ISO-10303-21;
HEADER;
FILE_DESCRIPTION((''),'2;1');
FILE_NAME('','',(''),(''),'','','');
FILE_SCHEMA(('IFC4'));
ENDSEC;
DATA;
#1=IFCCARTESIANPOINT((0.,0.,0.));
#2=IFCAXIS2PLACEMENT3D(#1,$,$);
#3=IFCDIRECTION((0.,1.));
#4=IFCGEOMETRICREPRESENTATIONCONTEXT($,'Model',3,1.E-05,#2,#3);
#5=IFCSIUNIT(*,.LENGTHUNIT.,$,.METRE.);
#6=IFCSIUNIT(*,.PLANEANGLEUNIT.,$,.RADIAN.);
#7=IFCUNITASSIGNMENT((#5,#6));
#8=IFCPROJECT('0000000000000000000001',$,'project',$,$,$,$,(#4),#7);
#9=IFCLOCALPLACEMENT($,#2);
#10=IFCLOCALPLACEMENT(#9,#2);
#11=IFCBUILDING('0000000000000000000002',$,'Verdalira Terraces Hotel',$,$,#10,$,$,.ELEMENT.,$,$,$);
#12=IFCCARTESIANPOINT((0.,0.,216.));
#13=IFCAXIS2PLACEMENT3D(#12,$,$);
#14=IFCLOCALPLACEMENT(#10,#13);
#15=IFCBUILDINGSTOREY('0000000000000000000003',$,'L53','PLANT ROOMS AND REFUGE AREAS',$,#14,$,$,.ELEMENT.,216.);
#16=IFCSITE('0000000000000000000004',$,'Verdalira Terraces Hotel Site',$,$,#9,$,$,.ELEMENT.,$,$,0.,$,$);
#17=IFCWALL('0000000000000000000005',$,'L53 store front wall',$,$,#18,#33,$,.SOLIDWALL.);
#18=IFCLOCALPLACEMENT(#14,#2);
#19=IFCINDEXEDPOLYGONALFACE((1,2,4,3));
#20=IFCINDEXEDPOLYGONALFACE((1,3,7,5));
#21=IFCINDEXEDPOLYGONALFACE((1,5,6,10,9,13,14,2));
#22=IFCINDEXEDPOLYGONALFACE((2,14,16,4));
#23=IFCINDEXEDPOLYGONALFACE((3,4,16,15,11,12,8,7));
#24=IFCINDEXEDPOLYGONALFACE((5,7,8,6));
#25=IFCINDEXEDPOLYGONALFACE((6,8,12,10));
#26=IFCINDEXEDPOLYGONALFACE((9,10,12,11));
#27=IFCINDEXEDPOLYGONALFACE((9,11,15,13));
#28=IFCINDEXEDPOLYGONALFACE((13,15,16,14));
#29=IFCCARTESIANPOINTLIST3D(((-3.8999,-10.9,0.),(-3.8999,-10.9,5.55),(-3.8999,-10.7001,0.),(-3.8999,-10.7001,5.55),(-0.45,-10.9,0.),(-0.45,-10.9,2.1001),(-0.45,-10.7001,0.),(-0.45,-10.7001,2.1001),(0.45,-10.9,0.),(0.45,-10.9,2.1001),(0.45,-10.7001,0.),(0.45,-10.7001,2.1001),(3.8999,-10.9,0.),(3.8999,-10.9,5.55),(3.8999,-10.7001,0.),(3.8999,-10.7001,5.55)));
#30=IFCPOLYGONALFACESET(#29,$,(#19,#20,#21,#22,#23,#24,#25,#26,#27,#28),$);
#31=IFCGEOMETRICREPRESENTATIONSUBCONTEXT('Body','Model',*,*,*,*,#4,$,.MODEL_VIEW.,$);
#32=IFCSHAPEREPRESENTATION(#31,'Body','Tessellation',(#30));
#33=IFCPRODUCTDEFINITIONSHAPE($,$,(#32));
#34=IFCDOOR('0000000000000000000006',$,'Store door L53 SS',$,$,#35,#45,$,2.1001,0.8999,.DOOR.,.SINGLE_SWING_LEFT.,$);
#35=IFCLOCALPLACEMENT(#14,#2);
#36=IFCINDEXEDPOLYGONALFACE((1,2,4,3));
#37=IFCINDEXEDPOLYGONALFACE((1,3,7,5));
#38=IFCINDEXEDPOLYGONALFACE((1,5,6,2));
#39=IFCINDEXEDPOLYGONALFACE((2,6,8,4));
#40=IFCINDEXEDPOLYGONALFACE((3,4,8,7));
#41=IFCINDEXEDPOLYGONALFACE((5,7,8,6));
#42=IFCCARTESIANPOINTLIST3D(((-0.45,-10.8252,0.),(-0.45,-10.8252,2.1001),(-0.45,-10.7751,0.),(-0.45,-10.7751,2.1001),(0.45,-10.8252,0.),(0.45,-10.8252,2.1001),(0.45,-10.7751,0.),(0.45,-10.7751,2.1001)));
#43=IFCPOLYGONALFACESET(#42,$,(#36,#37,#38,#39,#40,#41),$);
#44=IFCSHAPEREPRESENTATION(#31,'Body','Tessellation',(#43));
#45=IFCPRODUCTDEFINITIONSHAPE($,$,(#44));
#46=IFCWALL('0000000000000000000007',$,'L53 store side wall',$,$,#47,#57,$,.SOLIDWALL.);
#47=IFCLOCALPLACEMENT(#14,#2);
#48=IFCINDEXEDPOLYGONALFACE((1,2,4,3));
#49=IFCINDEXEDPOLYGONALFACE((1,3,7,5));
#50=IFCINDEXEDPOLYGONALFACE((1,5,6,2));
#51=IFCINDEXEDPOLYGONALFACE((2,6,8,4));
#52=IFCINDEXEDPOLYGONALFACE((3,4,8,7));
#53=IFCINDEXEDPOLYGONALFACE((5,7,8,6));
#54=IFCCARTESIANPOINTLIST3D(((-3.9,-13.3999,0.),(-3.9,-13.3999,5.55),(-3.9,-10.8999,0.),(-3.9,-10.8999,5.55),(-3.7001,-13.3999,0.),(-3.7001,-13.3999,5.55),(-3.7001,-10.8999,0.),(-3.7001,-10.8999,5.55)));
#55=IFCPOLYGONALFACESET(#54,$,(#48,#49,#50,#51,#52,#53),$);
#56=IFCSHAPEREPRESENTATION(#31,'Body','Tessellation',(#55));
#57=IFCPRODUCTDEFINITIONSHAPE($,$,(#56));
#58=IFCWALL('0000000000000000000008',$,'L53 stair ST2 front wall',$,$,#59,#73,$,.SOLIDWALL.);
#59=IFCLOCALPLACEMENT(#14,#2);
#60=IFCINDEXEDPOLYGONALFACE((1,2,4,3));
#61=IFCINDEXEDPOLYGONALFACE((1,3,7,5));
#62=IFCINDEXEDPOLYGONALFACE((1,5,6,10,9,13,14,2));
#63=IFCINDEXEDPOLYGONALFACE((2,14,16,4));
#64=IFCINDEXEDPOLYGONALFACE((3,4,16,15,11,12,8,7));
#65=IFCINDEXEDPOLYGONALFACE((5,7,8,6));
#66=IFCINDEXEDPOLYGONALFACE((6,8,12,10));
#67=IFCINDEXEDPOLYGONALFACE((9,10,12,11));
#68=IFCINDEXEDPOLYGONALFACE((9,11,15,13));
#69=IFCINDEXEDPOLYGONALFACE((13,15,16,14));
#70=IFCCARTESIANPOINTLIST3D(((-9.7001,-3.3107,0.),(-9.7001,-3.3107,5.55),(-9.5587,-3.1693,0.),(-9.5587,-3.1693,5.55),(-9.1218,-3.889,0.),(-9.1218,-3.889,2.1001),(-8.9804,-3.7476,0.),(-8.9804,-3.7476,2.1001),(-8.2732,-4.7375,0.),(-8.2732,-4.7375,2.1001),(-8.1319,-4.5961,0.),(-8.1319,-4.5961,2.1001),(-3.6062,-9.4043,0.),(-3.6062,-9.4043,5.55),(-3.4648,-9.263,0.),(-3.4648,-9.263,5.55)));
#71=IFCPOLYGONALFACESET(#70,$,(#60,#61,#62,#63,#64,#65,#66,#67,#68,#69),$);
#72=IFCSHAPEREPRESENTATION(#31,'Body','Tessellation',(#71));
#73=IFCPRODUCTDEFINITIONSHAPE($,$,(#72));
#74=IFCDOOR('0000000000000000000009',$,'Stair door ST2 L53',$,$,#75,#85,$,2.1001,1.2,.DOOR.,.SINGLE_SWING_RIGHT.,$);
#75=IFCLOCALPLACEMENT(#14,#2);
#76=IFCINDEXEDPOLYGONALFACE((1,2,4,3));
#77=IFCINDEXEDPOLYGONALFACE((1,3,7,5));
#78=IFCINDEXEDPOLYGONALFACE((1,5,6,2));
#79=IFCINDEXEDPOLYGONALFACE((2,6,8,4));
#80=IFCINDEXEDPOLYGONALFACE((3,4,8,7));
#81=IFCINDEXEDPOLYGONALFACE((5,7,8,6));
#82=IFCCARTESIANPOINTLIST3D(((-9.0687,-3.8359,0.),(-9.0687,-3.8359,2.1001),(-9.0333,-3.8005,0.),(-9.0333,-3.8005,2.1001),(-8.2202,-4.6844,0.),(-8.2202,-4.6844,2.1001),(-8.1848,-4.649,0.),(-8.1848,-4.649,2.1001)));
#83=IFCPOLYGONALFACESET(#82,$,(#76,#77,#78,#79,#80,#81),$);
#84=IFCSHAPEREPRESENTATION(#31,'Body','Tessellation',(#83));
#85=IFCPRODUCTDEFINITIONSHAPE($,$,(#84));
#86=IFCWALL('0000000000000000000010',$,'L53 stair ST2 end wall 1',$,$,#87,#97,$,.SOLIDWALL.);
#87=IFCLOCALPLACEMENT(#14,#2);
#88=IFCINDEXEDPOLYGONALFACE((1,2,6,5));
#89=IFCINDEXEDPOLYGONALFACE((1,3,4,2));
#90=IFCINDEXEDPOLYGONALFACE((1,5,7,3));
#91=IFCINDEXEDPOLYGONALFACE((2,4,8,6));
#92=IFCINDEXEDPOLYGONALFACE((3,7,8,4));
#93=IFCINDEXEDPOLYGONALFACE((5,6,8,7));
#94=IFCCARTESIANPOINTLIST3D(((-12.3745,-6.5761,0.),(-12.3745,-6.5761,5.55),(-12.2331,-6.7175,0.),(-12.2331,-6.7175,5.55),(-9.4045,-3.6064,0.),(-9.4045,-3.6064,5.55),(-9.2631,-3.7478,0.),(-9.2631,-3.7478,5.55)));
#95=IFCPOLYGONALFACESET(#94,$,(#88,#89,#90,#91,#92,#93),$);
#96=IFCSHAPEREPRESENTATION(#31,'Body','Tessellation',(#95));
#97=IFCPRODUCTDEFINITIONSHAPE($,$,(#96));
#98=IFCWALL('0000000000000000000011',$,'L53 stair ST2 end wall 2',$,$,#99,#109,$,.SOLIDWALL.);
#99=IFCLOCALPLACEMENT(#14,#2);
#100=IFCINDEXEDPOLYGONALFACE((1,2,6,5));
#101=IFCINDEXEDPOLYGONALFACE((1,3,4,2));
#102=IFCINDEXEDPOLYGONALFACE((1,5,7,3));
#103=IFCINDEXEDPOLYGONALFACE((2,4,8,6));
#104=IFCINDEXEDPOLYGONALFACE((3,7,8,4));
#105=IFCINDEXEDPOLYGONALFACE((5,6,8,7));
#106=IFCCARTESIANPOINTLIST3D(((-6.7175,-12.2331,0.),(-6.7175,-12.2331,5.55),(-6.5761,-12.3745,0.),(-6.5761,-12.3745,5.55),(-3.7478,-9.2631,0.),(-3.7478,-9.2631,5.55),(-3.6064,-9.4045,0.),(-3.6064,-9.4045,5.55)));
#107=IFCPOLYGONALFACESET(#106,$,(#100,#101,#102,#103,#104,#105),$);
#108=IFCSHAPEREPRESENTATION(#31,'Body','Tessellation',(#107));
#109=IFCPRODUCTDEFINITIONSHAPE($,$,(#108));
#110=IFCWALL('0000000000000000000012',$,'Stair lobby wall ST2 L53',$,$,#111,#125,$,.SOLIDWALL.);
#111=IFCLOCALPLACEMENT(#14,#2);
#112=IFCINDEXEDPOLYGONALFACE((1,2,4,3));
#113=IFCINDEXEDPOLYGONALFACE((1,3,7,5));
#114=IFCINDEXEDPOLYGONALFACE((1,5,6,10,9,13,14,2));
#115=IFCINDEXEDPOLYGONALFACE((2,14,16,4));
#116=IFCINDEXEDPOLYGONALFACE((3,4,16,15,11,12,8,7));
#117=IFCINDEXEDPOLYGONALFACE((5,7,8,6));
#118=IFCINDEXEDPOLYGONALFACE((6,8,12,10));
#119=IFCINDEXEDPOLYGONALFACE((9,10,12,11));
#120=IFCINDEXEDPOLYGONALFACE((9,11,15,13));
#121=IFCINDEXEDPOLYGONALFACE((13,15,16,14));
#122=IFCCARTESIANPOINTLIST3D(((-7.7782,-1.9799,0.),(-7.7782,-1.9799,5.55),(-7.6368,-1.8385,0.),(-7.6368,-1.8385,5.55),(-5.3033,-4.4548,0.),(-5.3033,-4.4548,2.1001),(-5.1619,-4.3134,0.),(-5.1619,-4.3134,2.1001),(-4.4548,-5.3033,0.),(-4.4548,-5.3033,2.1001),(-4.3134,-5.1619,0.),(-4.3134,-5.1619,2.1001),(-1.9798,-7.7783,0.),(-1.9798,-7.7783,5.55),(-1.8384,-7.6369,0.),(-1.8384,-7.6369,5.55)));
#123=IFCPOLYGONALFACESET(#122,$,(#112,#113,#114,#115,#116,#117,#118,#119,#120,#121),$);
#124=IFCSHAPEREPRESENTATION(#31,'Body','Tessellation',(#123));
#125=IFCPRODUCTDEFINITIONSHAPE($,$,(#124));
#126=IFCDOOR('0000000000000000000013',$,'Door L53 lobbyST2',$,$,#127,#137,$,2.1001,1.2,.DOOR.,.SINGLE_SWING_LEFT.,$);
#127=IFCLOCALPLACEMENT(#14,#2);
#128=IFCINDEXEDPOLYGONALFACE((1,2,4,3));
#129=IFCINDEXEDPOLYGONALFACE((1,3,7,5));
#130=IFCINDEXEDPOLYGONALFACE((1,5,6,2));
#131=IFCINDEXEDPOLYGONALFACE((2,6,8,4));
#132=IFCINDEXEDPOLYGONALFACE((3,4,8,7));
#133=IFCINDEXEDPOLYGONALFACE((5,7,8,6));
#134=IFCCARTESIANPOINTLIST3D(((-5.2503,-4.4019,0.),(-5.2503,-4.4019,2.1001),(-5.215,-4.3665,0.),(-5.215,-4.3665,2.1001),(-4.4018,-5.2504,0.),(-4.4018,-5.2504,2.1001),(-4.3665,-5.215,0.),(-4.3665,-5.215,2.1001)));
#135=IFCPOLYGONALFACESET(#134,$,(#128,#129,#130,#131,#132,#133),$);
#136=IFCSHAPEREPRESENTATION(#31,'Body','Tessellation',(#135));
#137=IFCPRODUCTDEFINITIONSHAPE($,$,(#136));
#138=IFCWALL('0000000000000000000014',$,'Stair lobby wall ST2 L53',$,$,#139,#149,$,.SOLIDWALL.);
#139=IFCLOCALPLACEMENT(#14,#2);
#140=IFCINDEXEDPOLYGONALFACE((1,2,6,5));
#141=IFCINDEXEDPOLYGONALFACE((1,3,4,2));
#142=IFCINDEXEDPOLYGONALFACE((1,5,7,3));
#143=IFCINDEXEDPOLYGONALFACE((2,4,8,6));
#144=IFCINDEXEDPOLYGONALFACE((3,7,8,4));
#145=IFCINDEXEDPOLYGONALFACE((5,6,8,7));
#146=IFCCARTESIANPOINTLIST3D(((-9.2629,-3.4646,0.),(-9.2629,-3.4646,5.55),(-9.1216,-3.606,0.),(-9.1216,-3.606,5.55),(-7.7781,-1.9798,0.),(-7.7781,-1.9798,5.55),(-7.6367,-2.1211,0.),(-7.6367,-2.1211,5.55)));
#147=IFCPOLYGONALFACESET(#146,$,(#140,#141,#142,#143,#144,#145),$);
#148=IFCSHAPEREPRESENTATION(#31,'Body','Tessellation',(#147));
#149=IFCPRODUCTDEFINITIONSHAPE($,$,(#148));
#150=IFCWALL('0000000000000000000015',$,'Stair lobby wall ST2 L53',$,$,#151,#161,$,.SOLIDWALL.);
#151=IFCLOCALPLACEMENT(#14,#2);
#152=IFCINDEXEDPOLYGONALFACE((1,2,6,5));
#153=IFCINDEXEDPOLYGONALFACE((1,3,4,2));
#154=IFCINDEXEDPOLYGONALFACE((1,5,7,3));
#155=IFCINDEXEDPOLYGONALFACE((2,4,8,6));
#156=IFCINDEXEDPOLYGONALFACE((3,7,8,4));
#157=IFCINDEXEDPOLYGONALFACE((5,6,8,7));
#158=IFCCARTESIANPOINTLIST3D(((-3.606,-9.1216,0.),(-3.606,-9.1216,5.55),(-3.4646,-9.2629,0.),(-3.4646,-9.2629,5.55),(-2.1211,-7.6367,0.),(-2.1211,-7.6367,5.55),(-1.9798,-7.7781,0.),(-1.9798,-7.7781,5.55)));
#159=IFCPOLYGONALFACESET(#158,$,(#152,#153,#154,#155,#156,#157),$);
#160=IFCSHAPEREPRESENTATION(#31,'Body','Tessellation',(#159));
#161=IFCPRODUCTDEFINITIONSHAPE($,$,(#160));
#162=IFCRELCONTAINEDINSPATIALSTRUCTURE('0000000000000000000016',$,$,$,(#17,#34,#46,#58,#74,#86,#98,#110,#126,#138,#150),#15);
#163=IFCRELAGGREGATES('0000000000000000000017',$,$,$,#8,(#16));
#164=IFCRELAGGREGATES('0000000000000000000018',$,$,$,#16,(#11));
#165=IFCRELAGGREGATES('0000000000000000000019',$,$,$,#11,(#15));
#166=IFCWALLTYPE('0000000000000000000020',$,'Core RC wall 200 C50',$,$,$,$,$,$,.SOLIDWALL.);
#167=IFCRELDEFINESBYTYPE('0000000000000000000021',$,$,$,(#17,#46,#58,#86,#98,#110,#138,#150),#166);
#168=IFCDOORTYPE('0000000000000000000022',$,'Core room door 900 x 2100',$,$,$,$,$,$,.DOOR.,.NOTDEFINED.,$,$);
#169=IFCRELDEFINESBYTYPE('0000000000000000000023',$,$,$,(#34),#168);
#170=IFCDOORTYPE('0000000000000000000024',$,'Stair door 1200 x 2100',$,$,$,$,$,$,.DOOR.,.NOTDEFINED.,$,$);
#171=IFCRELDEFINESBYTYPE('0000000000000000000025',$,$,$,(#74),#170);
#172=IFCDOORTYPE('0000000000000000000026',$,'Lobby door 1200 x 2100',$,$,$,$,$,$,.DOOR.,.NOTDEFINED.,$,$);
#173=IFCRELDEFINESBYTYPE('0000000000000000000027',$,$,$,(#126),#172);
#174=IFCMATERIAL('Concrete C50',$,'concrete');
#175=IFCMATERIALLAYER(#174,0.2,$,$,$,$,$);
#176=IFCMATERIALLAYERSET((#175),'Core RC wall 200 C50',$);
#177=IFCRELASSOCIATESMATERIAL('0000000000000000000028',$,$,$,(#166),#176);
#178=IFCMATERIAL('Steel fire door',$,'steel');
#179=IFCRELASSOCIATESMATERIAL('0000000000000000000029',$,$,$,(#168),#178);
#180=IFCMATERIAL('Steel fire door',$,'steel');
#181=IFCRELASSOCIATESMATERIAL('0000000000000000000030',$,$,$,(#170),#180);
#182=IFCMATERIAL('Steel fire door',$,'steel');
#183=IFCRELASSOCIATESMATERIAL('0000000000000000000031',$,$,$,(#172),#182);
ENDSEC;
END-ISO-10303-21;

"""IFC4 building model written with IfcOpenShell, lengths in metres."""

from ifc_helpers import new_model, si_unit, direction, frame, frame_2d, origin, place, context, subcontext, project, spatial, rectangle, extrude, material, layer, layer_set, type_object, element, fill, save


model = new_model("IFC4")

# Units and contexts
model_context = context("Model", 3, precision=1e-05, world=origin(), true_north=direction((0.0, 1.0)))
body_context = subcontext(model_context, "Body", "Model", "MODEL_VIEW")
ifc_project = project(units=[si_unit("LENGTHUNIT", "METRE"), si_unit("PLANEANGLEUNIT", "RADIAN")], contexts=[model_context])

# Site, building, storey
site_placement = place(None, origin())
site = spatial("IfcSite", under=ifc_project, at=site_placement, Name="Verdalira Terraces Hotel Site", CompositionType="ELEMENT", RefElevation=0.0)
building_placement = place(site_placement, origin())
building = spatial("IfcBuilding", under=site, at=building_placement, Name="Verdalira Terraces Hotel", CompositionType="ELEMENT")
storey_placement = place(building_placement, frame((0.0, 0.0, 216.0)))
storey = spatial("IfcBuildingStorey", under=building, at=storey_placement, Name="L53", Description="PLANT ROOMS AND REFUGE AREAS", CompositionType="ELEMENT", Elevation=216.0)

# Wall, opening, door
ifc_material_1 = material(Name="Concrete C50", Category="concrete")
ifc_layer_1 = layer(ifc_material_1, 0.2)
ifc_layer_set_1 = layer_set([ifc_layer_1], Name="Core RC wall 200 C50")
wall_type_1 = type_object("IfcWallType", Name="Core RC wall 200 C50", PredefinedType="SOLIDWALL", material=ifc_layer_set_1)
wall_1_placement = place(storey_placement, frame((-3.8999, -10.8, 0.0), z_axis=(0.0, 0.0, 1.0), x_axis=(1.0, 0.0, 0.0)))
wall_1 = element("IfcWall", 1, at=wall_1_placement, inside=storey, type_object=wall_type_1, Name="L53 store front wall", PredefinedType="SOLIDWALL", context=body_context, shape_type="SweptSolid", body=[
    extrude(rectangle(XDim=7.7998, YDim=0.2, at=frame_2d((3.8999, 0.0))), origin(), (0.0, 0.0, 1.0), 5.55),
])
opening_1_placement = place(wall_1_placement, frame((3.45, 0.0, 0.0)))
opening_1 = element("IfcOpeningElement", 2, at=opening_1_placement, cuts=wall_1, PredefinedType="OPENING", context=body_context, shape_type="SweptSolid", body=[
    extrude(rectangle(XDim=0.8999, YDim=2.1001, at=frame_2d((0.45, 1.05))), frame((0.0, 0.1099, 0.0), z_axis=(0.0, -1.0, 0.0), x_axis=(1.0, 0.0, 0.0)), (0.0, 0.0, 1.0), 0.22),
])
ifc_material_2 = material(Name="Steel fire door", Category="steel")
door_type_1 = type_object("IfcDoorType", Name="Core room door 900 x 2100", OperationType="NOTDEFINED", PredefinedType="DOOR", material=ifc_material_2)
door_1_placement = place(opening_1_placement, origin())
door_1 = element("IfcDoor", 3, at=door_1_placement, inside=storey, type_object=door_type_1, Name="Store door L53 SS", OperationType="SINGLE_SWING_LEFT", OverallHeight=2.1001, OverallWidth=0.8999, PredefinedType="DOOR", context=body_context, shape_type="SweptSolid", body=[
    extrude(rectangle(XDim=0.8999, YDim=2.1001, at=frame_2d((0.45, 1.05))), frame((0.0, 0.0249, 0.0), z_axis=(0.0, -1.0, 0.0), x_axis=(1.0, 0.0, 0.0)), (0.0, 0.0, 1.0), 0.05),
])
fill(opening_1, door_1)

# Wall
wall_2_placement = place(storey_placement, frame((-3.8, -10.8999, 0.0), z_axis=(0.0, 0.0, 1.0), x_axis=(0.0, -1.0, 0.0)))
element("IfcWall", 4, at=wall_2_placement, inside=storey, type_object=wall_type_1, Name="L53 store side wall", PredefinedType="SOLIDWALL", context=body_context, shape_type="SweptSolid", body=[
    extrude(rectangle(XDim=2.5, YDim=0.2, at=frame_2d((1.25, 0.0))), origin(), (0.0, 0.0, 1.0), 5.55),
])

# Wall, opening, door
wall_3_placement = place(storey_placement, frame((-3.5354, -9.3337, 0.0), z_axis=(0.0, 0.0, 1.0), x_axis=(-0.707121, 0.707093, 0.0)))
wall_3 = element("IfcWall", 5, at=wall_3_placement, inside=storey, type_object=wall_type_1, Name="L53 stair ST2 front wall", PredefinedType="SOLIDWALL", context=body_context, shape_type="SweptSolid", body=[
    extrude(rectangle(XDim=8.6179, YDim=0.2, at=frame_2d((4.3091, 0.0))), origin(), (0.0, 0.0, 1.0), 5.55),
])
opening_2_placement = place(wall_3_placement, frame((6.6001, 0.0, 0.0)))
opening_2 = element("IfcOpeningElement", 6, at=opening_2_placement, cuts=wall_3, PredefinedType="OPENING", context=body_context, shape_type="SweptSolid", body=[
    extrude(rectangle(XDim=1.2, YDim=2.1001, at=frame_2d((0.6001, 1.05))), frame((0.0, 0.1099, 0.0), z_axis=(0.0, -1.0, 0.0), x_axis=(1.0, 0.0, 0.0)), (0.0, 0.0, 1.0), 0.22),
])
ifc_material_3 = material(Name="Steel fire door", Category="steel")
door_type_2 = type_object("IfcDoorType", Name="Stair door 1200 x 2100", OperationType="NOTDEFINED", PredefinedType="DOOR", material=ifc_material_3)
door_2_placement = place(opening_2_placement, origin())
door_2 = element("IfcDoor", 7, at=door_2_placement, inside=storey, type_object=door_type_2, Name="Stair door ST2 L53", OperationType="SINGLE_SWING_RIGHT", OverallHeight=2.1001, OverallWidth=1.2, PredefinedType="DOOR", context=body_context, shape_type="SweptSolid", body=[
    extrude(rectangle(XDim=1.2, YDim=2.1001, at=frame_2d((0.6001, 1.05))), frame((0.0, 0.0249, 0.0), z_axis=(0.0, -1.0, 0.0), x_axis=(1.0, 0.0, 0.0)), (0.0, 0.0, 1.0), 0.05),
])
fill(opening_2, door_2)

# Walls
for number, where, z_axis, x_axis, name in (
    (8, (-9.3337, -3.677, 0.0), (0.0, 0.0, 1.0), (-0.707136, -0.707078, 0.0), "L53 stair ST2 end wall 1"),
    (9, (-3.677, -9.3337, 0.0), (0.0, 0.0, 1.0), (-0.707078, -0.707136, 0.0), "L53 stair ST2 end wall 2"),
):
    element("IfcWall", number, at=place(storey_placement, frame(where, z_axis=z_axis, x_axis=x_axis)), inside=storey, type_object=wall_type_1, Name=name, PredefinedType="SOLIDWALL", context=body_context, shape_type="SweptSolid", body=[
        extrude(rectangle(XDim=4.2, YDim=0.2, at=frame_2d((2.1001, 0.0))), origin(), (0.0, 0.0, 1.0), 5.55),
    ])

# Wall, opening, door
wall_4_placement = place(storey_placement, frame((-7.7075, -1.9092, 0.0), z_axis=(0.0, 0.0, 1.0), x_axis=(0.707107, -0.707107, 0.0)))
wall_4 = element("IfcWall", 10, at=wall_4_placement, inside=storey, type_object=wall_type_1, Name="Stair lobby wall ST2 L53", PredefinedType="SOLIDWALL", context=body_context, shape_type="SweptSolid", body=[
    extrude(rectangle(XDim=8.2002, YDim=0.2, at=frame_2d((4.1001, 0.0))), origin(), (0.0, 0.0, 1.0), 5.55),
])
opening_3_placement = place(wall_4_placement, frame((3.5, 0.0, 0.0)))
opening_3 = element("IfcOpeningElement", 11, at=opening_3_placement, cuts=wall_4, PredefinedType="OPENING", context=body_context, shape_type="SweptSolid", body=[
    extrude(rectangle(XDim=1.2, YDim=2.1001, at=frame_2d((0.6001, 1.05))), frame((0.0, 0.1099, 0.0), z_axis=(0.0, -1.0, 0.0), x_axis=(1.0, 0.0, 0.0)), (0.0, 0.0, 1.0), 0.22),
])
ifc_material_4 = material(Name="Steel fire door", Category="steel")
door_type_3 = type_object("IfcDoorType", Name="Lobby door 1200 x 2100", OperationType="NOTDEFINED", PredefinedType="DOOR", material=ifc_material_4)
door_3_placement = place(opening_3_placement, origin())
door_3 = element("IfcDoor", 12, at=door_3_placement, inside=storey, type_object=door_type_3, Name="Door L53 lobbyST2", OperationType="SINGLE_SWING_LEFT", OverallHeight=2.1001, OverallWidth=1.2, PredefinedType="DOOR", context=body_context, shape_type="SweptSolid", body=[
    extrude(rectangle(XDim=1.2, YDim=2.1001, at=frame_2d((0.6001, 1.05))), frame((0.0, 0.0249, 0.0), z_axis=(0.0, -1.0, 0.0), x_axis=(1.0, 0.0, 0.0)), (0.0, 0.0, 1.0), 0.05),
])
fill(opening_3, door_3)

# Walls
for number, where, z_axis, x_axis, name in (
    (13, (-7.7075, -2.0505, 0.0), (0.0, 0.0, 1.0), (-0.707107, -0.707107, 0.0), "Stair lobby wall ST2 L53"),
    (14, (-2.0505, -7.7075, 0.0), (0.0, 0.0, 1.0), (-0.707107, -0.707107, 0.0), "Stair lobby wall ST2 L53"),
):
    element("IfcWall", number, at=place(storey_placement, frame(where, z_axis=z_axis, x_axis=x_axis)), inside=storey, type_object=wall_type_1, Name=name, PredefinedType="SOLIDWALL", context=body_context, shape_type="SweptSolid", body=[
        extrude(rectangle(XDim=2.0999, YDim=0.2, at=frame_2d((1.0498, 0.0))), origin(), (0.0, 0.0, 1.0), 5.55),
    ])

save(model, "model.ifc")
